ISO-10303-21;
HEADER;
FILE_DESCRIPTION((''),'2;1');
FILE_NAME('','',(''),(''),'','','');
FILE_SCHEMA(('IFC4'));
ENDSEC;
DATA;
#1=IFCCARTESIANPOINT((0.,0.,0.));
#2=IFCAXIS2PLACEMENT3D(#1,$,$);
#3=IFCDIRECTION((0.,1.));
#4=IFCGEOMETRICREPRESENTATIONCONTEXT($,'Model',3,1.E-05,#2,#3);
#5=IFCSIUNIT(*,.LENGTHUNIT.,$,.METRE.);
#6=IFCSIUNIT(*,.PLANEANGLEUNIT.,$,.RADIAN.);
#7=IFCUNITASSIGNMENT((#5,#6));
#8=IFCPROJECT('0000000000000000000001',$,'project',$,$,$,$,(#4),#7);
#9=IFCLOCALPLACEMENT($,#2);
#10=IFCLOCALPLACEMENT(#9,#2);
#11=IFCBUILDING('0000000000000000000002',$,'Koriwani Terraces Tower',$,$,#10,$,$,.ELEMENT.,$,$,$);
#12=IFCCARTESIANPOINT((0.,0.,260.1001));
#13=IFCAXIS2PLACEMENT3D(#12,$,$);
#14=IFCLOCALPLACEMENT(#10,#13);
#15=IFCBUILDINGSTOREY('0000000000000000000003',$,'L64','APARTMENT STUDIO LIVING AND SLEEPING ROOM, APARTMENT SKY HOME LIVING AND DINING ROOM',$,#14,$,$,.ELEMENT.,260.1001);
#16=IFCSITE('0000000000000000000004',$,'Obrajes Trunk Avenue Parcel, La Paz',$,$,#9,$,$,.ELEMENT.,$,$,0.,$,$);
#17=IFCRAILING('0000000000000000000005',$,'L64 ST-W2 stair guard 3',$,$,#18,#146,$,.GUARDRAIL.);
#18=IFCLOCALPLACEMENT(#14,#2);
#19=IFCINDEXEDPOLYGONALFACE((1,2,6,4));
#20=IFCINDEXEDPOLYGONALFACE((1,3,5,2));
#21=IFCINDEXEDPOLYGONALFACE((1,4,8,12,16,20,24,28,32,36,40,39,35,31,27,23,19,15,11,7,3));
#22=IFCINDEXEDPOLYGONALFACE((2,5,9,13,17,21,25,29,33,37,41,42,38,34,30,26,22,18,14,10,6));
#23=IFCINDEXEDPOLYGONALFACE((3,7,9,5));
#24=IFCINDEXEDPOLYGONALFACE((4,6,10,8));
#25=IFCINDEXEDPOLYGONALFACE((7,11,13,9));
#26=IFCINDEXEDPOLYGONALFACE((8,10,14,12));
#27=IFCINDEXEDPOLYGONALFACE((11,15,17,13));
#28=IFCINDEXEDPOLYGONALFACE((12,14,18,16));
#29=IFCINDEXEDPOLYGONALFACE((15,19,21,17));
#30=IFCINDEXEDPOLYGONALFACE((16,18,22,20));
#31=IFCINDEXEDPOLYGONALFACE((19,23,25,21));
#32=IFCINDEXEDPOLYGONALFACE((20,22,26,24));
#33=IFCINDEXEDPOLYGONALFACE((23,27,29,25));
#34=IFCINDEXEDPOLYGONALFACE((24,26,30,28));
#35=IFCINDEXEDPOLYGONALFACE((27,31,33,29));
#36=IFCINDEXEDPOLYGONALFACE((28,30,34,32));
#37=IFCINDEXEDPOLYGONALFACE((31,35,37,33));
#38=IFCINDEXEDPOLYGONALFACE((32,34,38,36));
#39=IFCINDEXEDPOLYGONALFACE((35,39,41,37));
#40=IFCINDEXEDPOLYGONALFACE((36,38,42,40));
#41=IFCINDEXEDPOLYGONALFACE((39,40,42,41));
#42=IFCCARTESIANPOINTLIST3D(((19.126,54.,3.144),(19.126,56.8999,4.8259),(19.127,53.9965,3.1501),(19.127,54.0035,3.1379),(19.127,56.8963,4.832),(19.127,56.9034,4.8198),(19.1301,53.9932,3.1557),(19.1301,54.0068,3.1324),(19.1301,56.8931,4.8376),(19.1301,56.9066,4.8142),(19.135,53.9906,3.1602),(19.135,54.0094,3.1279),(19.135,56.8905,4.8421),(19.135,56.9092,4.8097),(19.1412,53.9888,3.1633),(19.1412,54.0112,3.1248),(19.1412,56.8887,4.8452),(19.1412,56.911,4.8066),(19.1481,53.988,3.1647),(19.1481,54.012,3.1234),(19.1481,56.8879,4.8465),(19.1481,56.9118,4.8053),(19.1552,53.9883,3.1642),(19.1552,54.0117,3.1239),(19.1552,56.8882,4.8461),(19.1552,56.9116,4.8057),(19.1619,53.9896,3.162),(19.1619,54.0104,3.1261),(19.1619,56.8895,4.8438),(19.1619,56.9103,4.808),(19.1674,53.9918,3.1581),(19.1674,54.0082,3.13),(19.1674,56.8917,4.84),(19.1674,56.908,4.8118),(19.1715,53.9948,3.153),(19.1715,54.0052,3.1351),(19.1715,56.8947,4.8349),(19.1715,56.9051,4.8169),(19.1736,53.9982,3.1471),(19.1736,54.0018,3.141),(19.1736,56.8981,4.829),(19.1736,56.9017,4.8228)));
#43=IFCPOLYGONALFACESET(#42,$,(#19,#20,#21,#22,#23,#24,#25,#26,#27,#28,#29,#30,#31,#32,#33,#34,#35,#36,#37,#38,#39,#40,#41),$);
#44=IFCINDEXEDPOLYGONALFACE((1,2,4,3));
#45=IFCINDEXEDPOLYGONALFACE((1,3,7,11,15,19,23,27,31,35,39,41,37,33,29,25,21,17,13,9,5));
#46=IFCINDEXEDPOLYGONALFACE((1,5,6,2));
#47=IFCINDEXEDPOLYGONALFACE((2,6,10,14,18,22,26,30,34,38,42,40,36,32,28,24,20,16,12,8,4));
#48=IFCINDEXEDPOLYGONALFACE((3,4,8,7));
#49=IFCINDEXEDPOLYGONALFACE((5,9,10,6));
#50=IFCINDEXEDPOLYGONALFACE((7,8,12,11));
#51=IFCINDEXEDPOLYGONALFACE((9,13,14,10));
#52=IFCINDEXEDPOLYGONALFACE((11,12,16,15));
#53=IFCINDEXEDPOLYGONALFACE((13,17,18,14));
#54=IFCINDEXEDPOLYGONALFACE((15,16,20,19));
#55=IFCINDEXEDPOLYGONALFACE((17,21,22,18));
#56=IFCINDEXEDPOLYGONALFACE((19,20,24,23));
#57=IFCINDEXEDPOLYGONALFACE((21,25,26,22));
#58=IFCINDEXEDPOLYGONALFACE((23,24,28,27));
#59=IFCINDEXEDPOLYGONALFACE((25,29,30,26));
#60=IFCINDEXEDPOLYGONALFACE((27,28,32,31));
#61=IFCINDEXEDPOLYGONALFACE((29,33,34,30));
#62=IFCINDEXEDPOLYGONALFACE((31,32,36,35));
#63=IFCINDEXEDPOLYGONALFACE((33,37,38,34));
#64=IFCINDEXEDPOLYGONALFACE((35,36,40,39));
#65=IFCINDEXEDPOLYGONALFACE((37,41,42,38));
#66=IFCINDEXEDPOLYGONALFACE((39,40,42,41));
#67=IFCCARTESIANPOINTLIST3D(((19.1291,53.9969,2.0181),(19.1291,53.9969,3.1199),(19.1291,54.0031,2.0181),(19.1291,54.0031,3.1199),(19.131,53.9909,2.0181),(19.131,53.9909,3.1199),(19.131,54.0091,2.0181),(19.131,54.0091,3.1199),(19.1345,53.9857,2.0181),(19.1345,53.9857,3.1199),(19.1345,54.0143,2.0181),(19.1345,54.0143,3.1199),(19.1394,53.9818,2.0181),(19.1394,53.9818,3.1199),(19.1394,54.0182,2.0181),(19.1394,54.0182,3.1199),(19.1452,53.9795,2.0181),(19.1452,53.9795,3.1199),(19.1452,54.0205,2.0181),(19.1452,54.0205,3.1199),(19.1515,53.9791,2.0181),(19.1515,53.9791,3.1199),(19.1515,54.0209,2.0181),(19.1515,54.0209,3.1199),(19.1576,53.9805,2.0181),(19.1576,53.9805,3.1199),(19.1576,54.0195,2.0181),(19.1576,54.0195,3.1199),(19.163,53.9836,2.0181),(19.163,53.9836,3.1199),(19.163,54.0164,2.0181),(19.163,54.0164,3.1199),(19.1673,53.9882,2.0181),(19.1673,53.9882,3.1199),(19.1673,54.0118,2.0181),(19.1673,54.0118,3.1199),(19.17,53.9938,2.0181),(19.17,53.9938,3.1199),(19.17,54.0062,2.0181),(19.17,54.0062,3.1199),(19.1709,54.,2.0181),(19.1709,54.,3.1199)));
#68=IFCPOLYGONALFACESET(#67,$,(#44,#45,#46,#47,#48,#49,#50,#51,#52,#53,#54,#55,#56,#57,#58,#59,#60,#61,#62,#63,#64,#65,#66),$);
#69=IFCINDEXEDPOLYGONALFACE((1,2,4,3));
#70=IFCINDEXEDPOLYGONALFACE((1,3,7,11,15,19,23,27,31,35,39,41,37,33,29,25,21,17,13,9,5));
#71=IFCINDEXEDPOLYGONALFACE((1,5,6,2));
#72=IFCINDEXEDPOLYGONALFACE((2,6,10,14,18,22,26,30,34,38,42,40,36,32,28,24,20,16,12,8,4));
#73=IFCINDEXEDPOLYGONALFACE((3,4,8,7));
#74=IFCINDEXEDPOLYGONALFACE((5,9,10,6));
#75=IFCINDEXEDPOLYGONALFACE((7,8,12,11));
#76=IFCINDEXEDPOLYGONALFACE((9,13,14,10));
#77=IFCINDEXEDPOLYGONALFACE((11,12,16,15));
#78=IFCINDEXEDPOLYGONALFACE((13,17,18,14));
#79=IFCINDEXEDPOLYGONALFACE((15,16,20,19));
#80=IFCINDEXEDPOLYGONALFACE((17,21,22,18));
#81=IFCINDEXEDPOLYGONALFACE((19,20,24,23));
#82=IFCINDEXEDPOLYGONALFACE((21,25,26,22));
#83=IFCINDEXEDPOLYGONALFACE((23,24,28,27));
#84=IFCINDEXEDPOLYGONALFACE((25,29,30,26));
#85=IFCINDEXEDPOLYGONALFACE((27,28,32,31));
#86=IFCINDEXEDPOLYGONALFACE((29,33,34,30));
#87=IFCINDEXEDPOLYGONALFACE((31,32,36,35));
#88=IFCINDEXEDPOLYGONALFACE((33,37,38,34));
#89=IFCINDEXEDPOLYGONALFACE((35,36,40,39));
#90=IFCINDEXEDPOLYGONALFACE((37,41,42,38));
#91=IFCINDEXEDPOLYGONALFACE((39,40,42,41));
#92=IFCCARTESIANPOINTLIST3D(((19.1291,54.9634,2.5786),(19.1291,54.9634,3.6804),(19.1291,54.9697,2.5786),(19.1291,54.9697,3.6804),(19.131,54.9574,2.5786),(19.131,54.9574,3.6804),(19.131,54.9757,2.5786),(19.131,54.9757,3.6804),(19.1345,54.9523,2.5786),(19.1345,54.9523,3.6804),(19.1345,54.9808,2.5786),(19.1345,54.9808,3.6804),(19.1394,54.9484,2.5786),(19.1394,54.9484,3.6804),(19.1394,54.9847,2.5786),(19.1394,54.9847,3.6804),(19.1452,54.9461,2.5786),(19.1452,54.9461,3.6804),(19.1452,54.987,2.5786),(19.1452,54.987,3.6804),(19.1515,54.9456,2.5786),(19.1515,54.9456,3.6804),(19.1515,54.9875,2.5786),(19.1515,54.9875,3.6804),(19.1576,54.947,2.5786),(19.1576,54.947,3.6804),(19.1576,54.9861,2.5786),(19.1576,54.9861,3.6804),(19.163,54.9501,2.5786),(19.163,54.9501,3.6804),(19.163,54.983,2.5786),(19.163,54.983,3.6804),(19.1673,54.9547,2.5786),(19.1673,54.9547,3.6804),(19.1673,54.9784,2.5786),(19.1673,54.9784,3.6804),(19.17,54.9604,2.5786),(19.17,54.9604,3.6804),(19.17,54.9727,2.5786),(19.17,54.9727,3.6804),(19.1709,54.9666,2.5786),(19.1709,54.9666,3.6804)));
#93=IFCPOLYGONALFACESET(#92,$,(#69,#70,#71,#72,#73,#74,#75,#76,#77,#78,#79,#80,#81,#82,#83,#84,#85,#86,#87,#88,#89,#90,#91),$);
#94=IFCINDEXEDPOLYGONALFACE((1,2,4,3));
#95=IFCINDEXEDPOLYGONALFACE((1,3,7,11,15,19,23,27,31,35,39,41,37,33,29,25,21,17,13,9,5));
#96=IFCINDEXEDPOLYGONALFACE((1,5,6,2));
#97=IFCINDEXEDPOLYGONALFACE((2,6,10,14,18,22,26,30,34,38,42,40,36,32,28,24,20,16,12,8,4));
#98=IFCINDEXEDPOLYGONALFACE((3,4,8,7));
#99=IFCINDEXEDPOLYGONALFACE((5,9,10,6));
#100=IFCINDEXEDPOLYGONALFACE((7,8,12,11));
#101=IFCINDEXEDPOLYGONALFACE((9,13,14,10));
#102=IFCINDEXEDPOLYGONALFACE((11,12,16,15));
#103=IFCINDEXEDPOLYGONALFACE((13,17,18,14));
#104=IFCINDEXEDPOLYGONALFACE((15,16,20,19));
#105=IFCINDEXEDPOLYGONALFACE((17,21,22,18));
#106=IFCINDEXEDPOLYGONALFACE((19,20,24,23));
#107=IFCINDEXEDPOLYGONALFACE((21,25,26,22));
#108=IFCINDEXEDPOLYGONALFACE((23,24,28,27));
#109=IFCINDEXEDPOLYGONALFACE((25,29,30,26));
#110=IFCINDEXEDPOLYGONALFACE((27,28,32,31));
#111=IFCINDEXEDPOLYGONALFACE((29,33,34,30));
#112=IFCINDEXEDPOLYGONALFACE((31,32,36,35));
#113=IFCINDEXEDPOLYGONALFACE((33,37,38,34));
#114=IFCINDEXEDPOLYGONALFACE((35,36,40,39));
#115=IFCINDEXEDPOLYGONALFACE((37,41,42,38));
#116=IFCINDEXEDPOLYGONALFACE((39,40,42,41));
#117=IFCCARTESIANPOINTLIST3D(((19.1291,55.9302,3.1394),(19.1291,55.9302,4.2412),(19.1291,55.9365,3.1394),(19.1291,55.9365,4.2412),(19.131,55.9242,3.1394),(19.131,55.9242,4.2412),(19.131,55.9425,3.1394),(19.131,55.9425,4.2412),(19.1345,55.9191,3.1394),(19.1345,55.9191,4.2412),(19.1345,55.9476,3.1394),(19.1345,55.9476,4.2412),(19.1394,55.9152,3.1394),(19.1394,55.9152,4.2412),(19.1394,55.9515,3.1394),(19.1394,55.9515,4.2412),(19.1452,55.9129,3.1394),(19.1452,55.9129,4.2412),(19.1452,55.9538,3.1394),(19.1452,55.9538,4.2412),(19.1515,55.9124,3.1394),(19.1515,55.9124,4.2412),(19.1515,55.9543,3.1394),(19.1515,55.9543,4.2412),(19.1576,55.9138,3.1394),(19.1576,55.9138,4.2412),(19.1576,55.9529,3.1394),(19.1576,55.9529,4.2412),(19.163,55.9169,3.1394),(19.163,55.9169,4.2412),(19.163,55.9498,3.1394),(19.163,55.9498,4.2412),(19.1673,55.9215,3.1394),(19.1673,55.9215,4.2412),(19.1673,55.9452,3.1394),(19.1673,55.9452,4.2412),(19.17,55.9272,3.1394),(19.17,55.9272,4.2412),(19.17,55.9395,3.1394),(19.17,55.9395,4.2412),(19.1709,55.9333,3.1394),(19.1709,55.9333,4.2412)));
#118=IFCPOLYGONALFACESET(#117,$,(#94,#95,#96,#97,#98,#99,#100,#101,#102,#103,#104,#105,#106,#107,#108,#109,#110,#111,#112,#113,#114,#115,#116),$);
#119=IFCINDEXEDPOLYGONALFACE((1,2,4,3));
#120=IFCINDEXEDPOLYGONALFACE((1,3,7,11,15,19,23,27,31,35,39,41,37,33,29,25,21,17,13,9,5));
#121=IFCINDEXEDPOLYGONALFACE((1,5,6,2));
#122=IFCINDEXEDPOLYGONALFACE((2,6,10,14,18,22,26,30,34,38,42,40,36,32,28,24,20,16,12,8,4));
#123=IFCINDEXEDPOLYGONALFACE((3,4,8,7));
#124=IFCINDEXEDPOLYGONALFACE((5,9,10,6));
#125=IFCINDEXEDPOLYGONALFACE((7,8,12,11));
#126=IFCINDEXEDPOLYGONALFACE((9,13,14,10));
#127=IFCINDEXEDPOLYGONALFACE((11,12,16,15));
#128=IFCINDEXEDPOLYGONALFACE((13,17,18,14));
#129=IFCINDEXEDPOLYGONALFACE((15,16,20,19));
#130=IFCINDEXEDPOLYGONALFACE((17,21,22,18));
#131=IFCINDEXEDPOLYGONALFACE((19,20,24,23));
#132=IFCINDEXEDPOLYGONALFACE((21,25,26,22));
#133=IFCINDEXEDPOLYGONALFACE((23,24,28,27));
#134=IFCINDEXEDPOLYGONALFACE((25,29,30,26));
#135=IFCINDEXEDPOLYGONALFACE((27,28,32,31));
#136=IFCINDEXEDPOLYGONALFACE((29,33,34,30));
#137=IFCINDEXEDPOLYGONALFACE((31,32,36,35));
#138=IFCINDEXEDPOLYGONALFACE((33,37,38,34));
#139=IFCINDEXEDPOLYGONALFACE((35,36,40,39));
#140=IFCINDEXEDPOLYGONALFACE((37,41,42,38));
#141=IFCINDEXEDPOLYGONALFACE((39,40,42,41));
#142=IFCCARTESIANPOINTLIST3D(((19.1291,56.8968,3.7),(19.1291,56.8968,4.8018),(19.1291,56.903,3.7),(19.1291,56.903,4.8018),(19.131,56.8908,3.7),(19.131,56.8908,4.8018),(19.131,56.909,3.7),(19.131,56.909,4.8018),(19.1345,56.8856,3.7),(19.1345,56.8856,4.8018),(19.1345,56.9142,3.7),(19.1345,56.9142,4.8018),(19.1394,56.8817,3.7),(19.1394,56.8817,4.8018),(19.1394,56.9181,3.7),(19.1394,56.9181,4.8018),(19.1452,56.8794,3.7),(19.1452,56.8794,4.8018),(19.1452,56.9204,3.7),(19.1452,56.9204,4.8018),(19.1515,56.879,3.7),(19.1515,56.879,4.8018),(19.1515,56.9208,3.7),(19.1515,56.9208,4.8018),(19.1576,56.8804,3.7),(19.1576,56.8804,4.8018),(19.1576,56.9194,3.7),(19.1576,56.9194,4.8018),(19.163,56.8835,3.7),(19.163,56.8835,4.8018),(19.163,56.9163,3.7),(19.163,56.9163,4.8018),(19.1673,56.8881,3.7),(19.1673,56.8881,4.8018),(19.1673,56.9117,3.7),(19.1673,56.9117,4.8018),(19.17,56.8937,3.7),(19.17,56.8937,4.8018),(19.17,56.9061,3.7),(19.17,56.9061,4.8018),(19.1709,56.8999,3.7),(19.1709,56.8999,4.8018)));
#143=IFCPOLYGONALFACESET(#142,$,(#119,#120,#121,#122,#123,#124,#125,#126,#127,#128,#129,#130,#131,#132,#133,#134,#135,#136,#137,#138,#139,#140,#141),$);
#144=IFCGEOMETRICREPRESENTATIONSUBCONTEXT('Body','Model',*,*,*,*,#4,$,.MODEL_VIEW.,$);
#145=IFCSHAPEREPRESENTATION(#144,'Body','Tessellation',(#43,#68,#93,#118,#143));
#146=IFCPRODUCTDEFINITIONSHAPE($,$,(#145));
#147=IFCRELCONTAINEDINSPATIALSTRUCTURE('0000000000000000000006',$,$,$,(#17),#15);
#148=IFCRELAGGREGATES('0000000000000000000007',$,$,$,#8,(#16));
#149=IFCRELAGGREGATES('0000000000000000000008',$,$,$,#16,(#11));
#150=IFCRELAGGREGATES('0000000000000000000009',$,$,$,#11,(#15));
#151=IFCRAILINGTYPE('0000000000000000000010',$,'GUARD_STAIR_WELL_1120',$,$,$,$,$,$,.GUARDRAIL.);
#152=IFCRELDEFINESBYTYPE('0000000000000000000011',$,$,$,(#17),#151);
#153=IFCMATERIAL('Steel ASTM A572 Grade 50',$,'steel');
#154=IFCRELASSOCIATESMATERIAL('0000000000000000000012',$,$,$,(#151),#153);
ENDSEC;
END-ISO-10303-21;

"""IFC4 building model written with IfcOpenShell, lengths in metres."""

from ifc_helpers import new_model, si_unit, direction, frame, origin, origin_2d, place, context, subcontext, project, spatial, circle, extrude, material, type_object, element, save


model = new_model("IFC4")

# Units and contexts
model_context = context("Model", 3, precision=1e-05, world=origin(), true_north=direction((0.0, 1.0)))
body_context = subcontext(model_context, "Body", "Model", "MODEL_VIEW")
ifc_project = project(units=[si_unit("LENGTHUNIT", "METRE"), si_unit("PLANEANGLEUNIT", "RADIAN")], contexts=[model_context])

# Site, building, storey
site_placement = place(None, origin())
site = spatial("IfcSite", under=ifc_project, at=site_placement, Name="Obrajes Trunk Avenue Parcel, La Paz", CompositionType="ELEMENT", RefElevation=0.0)
building_placement = place(site_placement, origin())
building = spatial("IfcBuilding", under=site, at=building_placement, Name="Koriwani Terraces Tower", CompositionType="ELEMENT")
storey_placement = place(building_placement, frame((0.0, 0.0, 260.1001)))
storey = spatial("IfcBuildingStorey", under=building, at=storey_placement, Name="L64", Description="APARTMENT STUDIO LIVING AND SLEEPING ROOM, APARTMENT SKY HOME LIVING AND DINING ROOM", CompositionType="ELEMENT", Elevation=260.1001)

# Railing
ifc_material_1 = material(Name="Steel ASTM A572 Grade 50", Category="steel")
railing_type_1 = type_object("IfcRailingType", Name="GUARD_STAIR_WELL_1120", PredefinedType="GUARDRAIL", material=ifc_material_1)
railing_1_placement = place(storey_placement, frame((19.1499, 54.0, 2.0181)))
element("IfcRailing", 1, at=railing_1_placement, inside=storey, type_object=railing_type_1, Name="L64 ST-W2 stair guard 3", PredefinedType="GUARDRAIL", context=body_context, shape_type="SweptSolid", body=[
    extrude(circle(Radius=0.0239, at=origin_2d()), frame((0.0, 0.0, 1.126), z_axis=(0.0, 0.865039, 0.501705), x_axis=(-1.0, 0.0, 0.0)), (0.0, 0.0, 1.0), 3.3523),
    extrude(circle(Radius=0.021, at=origin_2d()), origin(), (0.0, 0.0, 1.0), 1.1018),
    extrude(circle(Radius=0.021, at=origin_2d()), frame((0.0, 0.9666, 0.5605)), (0.0, 0.0, 1.0), 1.1018),
    extrude(circle(Radius=0.021, at=origin_2d()), frame((0.0, 1.9333, 1.1213)), (0.0, 0.0, 1.0), 1.1018),
    extrude(circle(Radius=0.021, at=origin_2d()), frame((0.0, 2.8999, 1.6819)), (0.0, 0.0, 1.0), 1.1018),
])

save(model, "model.ifc")
